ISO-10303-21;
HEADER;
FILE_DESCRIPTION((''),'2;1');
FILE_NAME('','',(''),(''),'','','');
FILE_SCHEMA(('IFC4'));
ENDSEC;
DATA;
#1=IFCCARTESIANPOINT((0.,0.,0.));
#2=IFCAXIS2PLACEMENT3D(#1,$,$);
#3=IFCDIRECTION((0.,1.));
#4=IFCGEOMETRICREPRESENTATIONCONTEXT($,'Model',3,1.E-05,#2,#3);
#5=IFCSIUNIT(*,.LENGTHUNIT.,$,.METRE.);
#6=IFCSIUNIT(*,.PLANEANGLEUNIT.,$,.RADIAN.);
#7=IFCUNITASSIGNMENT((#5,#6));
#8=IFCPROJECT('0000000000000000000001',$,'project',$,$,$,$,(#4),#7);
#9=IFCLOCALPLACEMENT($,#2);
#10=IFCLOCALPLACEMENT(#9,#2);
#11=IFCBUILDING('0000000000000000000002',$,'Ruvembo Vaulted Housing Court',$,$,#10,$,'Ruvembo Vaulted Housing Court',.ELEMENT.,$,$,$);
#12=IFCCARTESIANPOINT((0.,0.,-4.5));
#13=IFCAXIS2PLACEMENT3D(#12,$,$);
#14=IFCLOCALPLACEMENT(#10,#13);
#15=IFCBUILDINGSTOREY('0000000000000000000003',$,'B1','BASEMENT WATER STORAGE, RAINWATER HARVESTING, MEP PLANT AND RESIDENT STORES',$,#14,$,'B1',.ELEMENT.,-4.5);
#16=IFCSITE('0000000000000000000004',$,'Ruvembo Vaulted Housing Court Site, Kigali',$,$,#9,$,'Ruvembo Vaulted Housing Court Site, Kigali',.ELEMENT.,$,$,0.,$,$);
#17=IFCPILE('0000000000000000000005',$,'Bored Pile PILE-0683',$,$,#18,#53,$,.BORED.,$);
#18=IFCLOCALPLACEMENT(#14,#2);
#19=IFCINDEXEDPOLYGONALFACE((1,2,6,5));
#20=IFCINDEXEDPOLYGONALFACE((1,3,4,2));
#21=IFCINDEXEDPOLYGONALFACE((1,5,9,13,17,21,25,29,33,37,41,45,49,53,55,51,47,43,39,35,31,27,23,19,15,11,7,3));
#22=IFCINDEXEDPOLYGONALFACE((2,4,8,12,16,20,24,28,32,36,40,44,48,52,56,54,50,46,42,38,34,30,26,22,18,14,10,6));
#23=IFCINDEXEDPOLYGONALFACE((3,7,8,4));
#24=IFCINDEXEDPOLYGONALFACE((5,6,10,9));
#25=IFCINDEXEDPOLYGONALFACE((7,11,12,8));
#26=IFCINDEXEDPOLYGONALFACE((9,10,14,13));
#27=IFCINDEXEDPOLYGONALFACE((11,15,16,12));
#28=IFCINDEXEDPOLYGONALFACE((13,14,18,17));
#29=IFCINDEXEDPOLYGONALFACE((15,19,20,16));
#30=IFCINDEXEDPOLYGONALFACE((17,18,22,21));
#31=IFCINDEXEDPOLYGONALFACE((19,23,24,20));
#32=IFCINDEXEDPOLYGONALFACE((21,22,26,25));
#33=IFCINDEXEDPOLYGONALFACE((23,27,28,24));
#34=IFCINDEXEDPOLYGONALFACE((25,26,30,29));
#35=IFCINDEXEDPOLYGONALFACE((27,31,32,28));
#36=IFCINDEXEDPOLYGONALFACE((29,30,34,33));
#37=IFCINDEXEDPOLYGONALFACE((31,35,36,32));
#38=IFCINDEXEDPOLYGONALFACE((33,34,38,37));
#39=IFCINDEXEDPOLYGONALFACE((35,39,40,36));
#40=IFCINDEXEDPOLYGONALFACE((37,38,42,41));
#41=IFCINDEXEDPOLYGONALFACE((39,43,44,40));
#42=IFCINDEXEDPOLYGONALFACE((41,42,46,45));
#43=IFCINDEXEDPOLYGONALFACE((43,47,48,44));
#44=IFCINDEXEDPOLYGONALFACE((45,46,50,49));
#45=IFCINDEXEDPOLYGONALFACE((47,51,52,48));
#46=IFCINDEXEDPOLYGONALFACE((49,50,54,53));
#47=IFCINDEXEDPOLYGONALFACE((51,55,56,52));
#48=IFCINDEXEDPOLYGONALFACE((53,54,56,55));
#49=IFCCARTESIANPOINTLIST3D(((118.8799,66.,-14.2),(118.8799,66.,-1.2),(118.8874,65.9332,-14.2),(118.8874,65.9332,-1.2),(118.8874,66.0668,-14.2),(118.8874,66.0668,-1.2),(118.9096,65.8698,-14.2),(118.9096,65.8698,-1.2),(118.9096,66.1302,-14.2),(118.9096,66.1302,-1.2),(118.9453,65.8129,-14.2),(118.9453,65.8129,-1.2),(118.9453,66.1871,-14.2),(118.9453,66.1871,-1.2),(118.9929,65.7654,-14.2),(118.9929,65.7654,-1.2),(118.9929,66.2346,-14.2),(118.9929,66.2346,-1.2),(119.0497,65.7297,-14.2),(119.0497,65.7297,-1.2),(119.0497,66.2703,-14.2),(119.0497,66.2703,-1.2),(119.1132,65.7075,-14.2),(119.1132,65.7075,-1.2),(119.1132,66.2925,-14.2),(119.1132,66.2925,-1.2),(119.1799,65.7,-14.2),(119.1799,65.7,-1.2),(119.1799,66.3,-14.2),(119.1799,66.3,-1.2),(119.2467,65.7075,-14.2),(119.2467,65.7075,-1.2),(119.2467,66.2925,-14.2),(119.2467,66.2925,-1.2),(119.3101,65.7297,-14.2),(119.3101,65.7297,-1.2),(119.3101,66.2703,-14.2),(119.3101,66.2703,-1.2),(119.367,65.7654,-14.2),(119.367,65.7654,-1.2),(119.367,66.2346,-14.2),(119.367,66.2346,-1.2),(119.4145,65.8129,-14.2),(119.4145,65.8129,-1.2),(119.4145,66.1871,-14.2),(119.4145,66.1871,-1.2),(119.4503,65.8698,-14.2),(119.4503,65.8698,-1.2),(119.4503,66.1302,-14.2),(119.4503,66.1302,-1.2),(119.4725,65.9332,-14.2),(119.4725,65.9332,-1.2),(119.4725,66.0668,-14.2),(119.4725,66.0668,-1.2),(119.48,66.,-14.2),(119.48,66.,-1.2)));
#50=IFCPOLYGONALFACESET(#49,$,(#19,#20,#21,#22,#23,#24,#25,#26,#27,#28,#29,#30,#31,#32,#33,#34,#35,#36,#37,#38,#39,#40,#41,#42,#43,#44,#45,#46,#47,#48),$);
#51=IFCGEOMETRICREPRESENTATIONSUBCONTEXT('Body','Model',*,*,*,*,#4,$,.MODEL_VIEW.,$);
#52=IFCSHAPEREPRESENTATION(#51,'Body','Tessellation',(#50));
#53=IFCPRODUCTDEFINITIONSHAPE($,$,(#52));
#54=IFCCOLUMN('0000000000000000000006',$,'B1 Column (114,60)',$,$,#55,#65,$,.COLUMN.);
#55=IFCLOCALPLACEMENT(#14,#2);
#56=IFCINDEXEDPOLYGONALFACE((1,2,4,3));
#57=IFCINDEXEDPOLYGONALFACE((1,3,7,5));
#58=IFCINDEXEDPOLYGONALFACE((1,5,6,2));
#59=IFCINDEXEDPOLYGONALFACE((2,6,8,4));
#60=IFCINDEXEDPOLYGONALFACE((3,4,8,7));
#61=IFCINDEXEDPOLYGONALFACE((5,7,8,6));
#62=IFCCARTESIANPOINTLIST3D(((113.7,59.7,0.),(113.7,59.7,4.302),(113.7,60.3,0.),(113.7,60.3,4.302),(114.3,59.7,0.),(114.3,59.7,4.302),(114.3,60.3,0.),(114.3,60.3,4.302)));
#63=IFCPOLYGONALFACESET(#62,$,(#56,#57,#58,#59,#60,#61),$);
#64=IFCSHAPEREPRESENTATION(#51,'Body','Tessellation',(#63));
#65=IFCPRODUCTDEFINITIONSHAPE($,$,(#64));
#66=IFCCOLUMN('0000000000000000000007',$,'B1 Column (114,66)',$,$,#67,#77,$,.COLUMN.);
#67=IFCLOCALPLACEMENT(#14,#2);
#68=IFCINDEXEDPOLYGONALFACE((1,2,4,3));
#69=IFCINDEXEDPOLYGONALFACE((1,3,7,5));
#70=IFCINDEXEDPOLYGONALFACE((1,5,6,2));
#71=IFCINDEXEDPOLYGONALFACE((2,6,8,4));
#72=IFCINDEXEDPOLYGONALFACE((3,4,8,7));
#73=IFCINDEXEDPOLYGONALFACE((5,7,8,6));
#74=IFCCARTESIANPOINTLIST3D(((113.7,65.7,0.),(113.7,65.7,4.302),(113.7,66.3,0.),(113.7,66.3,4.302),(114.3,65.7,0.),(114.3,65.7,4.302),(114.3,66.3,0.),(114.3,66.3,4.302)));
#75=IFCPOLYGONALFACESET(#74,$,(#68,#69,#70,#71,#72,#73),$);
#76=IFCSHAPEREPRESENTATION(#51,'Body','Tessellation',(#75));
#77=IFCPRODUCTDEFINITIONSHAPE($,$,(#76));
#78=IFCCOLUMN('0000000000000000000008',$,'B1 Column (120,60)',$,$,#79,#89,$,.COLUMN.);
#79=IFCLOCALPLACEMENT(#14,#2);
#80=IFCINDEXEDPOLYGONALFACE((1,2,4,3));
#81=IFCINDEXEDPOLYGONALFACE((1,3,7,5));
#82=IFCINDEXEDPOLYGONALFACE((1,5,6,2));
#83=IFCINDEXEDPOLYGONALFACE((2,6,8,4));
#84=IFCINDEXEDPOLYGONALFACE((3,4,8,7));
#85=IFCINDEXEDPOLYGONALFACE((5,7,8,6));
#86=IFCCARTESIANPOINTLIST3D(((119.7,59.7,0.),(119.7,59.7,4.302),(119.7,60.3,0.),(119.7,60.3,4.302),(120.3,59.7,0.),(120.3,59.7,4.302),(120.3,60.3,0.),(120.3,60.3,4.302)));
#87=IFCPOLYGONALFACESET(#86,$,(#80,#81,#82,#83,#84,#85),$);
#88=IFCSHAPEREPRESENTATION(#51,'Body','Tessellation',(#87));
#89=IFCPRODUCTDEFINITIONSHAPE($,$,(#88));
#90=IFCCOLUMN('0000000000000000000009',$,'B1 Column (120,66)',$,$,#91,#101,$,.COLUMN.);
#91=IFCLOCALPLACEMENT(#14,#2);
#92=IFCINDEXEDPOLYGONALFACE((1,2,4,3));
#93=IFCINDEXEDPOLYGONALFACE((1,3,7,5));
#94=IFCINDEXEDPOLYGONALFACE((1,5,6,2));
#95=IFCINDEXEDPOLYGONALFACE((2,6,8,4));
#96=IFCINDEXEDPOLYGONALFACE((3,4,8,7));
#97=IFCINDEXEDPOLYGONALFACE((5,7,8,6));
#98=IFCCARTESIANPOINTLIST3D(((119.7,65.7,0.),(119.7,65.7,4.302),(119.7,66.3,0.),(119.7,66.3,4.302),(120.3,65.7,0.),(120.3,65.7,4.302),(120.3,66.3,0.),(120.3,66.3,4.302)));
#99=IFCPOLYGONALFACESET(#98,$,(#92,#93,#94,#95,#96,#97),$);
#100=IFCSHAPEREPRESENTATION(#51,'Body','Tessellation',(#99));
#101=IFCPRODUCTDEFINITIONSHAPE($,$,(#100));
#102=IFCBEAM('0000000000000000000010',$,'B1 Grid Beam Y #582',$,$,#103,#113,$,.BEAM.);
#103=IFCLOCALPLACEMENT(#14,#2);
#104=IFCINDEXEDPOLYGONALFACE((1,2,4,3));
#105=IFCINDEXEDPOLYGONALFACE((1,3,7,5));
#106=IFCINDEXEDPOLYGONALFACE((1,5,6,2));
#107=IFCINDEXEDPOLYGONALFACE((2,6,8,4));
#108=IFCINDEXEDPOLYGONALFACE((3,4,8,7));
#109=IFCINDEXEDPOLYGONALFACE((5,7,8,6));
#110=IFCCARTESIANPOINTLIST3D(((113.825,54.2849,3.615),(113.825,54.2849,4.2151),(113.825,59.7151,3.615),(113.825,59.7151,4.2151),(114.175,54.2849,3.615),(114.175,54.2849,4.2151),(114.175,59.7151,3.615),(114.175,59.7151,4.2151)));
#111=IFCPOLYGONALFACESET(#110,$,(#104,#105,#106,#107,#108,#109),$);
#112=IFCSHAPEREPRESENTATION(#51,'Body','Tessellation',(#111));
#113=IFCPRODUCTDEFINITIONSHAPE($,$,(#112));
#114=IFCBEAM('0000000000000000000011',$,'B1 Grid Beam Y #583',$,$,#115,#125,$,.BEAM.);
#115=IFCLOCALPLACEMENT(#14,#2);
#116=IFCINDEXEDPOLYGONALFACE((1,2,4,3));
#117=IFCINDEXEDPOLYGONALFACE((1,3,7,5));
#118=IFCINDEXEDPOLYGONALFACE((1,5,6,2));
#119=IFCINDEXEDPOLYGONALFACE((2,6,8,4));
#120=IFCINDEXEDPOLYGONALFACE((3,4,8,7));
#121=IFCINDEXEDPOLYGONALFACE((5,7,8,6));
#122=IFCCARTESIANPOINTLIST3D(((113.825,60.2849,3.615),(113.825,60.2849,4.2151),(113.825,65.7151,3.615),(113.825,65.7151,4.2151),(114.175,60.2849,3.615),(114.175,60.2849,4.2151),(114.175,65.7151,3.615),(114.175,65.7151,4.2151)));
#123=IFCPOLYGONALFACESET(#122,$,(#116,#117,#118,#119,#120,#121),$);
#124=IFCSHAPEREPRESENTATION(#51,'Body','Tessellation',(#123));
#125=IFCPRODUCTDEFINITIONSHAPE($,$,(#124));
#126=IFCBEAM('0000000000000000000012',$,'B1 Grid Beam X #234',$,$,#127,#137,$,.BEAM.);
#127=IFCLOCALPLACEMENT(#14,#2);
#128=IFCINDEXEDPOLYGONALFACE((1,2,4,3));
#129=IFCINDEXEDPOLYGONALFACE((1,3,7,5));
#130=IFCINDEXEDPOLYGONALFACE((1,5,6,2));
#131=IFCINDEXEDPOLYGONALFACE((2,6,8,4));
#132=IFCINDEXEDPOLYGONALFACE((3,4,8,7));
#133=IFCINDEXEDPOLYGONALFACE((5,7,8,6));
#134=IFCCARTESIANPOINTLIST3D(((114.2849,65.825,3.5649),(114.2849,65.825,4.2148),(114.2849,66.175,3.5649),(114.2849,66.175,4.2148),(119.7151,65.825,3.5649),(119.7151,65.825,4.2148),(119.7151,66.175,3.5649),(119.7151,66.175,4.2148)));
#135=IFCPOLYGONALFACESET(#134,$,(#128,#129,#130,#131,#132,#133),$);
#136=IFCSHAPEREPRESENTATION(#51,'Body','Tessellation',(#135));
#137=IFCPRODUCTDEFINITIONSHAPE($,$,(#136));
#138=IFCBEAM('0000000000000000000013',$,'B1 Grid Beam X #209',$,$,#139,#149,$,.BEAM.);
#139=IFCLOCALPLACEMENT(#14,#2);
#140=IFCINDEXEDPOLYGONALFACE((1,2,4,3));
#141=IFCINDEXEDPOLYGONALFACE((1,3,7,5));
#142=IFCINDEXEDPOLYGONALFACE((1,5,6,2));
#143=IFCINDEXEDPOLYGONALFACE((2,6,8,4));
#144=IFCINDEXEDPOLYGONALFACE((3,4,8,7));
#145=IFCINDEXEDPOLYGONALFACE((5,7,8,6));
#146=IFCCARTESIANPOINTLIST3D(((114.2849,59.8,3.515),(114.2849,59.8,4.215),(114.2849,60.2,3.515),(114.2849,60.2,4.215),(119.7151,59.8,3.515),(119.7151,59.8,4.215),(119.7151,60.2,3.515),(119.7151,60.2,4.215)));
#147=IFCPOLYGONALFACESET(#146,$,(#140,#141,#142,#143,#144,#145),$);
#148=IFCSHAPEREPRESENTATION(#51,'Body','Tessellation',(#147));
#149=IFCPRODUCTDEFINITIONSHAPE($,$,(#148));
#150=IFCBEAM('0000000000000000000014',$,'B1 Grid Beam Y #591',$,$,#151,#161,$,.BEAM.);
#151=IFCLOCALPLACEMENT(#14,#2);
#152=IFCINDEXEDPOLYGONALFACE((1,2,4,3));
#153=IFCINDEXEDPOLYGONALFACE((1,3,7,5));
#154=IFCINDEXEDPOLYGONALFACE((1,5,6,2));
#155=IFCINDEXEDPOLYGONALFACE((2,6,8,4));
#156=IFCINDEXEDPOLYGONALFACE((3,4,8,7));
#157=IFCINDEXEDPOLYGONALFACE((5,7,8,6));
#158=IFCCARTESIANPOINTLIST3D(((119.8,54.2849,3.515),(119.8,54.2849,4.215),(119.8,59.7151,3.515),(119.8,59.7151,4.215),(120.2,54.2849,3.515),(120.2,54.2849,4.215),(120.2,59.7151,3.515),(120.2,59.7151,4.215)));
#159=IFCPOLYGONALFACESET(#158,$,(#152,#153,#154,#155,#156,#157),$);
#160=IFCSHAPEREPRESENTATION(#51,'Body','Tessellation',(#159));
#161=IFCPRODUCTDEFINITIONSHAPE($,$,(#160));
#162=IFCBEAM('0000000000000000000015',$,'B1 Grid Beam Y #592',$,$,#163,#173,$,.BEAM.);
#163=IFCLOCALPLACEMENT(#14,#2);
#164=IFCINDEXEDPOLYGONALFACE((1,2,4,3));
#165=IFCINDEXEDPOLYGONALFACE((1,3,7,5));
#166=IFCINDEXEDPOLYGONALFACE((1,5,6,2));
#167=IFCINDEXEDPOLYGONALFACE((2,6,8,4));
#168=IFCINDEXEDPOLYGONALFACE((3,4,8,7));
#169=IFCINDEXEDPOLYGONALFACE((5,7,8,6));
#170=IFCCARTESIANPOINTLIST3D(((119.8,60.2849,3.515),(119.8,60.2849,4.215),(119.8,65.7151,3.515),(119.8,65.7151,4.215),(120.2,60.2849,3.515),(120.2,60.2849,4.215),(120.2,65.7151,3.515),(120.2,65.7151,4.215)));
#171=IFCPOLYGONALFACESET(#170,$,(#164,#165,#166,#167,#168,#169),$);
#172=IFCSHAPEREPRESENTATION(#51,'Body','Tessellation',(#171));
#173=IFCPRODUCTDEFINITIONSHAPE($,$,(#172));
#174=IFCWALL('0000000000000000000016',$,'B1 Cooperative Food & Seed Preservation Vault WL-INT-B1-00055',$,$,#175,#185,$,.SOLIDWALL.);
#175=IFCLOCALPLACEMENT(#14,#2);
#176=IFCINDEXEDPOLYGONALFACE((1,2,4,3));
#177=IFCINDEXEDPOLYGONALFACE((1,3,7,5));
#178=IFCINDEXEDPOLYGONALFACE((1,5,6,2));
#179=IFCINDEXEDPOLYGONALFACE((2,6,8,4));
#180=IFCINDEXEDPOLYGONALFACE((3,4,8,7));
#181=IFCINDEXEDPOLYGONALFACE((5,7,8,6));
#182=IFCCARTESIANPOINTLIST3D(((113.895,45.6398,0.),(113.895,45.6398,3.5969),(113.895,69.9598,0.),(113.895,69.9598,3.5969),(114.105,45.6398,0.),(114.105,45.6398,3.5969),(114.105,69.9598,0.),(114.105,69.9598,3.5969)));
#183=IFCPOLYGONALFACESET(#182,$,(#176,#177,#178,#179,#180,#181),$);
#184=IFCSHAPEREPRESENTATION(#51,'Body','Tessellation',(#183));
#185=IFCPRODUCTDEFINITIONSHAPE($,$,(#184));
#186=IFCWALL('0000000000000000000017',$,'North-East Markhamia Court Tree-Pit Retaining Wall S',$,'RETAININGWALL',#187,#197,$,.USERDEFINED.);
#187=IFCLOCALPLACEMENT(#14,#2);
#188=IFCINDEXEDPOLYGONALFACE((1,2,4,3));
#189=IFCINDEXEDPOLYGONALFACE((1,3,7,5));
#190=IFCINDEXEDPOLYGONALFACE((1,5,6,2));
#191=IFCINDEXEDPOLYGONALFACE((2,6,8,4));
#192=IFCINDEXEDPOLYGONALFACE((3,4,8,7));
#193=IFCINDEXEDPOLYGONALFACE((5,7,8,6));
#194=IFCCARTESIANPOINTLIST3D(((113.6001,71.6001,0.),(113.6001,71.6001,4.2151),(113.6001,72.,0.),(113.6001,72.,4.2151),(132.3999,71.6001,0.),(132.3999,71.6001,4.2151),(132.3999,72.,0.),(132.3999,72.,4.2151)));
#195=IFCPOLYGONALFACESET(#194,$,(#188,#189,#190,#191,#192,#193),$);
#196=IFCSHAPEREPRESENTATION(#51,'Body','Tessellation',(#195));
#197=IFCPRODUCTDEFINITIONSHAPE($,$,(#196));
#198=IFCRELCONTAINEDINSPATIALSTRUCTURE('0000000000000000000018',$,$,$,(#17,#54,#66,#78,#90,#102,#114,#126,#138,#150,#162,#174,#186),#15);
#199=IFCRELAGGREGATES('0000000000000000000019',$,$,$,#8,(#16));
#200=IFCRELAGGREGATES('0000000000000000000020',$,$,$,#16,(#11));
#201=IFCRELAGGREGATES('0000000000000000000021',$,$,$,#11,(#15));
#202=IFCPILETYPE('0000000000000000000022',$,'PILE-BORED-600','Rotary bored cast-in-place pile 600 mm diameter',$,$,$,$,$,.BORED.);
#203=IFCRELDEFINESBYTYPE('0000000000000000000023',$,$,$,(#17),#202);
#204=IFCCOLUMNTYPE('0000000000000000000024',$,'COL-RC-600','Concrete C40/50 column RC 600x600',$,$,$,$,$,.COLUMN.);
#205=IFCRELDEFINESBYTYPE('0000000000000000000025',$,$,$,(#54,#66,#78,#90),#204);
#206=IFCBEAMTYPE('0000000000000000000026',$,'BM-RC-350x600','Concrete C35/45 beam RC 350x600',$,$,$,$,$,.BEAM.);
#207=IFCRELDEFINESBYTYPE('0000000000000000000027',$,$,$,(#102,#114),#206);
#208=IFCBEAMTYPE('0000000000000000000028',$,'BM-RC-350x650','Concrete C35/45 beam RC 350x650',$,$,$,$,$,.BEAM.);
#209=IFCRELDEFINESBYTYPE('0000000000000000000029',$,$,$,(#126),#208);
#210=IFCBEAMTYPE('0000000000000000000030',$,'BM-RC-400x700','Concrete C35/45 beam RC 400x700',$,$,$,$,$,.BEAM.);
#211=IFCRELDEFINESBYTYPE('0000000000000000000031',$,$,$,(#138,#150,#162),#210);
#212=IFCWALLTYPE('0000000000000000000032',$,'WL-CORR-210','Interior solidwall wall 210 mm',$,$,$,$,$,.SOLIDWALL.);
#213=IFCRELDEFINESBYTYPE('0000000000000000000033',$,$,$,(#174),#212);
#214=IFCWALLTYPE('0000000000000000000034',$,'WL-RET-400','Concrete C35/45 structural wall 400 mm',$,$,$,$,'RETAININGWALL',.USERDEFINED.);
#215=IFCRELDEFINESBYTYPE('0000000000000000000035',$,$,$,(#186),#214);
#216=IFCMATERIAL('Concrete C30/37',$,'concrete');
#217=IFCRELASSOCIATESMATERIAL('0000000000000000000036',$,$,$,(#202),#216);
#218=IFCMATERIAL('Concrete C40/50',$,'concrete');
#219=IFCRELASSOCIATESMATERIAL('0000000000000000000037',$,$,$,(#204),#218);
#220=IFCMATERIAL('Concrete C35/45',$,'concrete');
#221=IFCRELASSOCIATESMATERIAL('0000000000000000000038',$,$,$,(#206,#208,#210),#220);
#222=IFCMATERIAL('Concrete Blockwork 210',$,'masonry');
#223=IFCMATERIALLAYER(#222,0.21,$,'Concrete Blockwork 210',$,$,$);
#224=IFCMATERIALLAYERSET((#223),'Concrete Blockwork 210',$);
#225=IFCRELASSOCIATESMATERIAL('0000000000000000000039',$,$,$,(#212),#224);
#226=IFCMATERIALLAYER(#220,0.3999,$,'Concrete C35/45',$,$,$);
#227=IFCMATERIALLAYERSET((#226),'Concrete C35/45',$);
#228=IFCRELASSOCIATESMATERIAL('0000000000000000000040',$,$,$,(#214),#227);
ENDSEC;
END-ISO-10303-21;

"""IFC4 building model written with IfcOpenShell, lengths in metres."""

from ifc_helpers import new_model, si_unit, direction, frame, frame_2d, origin, origin_2d, place, context, subcontext, project, spatial, rectangle, circle, extrude, material, layer, layer_set, material_profile, profile_set, type_object, element, save


model = new_model("IFC4")

# Units and contexts
model_context = context("Model", 3, precision=1e-05, world=origin(), true_north=direction((0.0, 1.0)))
body_context = subcontext(model_context, "Body", "Model", "MODEL_VIEW")
ifc_project = project(units=[si_unit("LENGTHUNIT", "METRE"), si_unit("PLANEANGLEUNIT", "RADIAN")], contexts=[model_context])

# Site, building, storey
site_placement = place(None, origin())
site = spatial("IfcSite", under=ifc_project, at=site_placement, Name="Ruvembo Vaulted Housing Court Site, Kigali", LongName="Ruvembo Vaulted Housing Court Site, Kigali", CompositionType="ELEMENT", RefElevation=0.0)
building_placement = place(site_placement, origin())
building = spatial("IfcBuilding", under=site, at=building_placement, Name="Ruvembo Vaulted Housing Court", LongName="Ruvembo Vaulted Housing Court", CompositionType="ELEMENT")
storey_placement = place(building_placement, frame((0.0, 0.0, -4.5)))
storey = spatial("IfcBuildingStorey", under=building, at=storey_placement, Name="B1", Description="BASEMENT WATER STORAGE, RAINWATER HARVESTING, MEP PLANT AND RESIDENT STORES", LongName="B1", CompositionType="ELEMENT", Elevation=-4.5)

# Shared definitions
ifc_material_1 = material(Name="Concrete C35/45", Category="concrete")

# Pile
ifc_material_2 = material(Name="Concrete C30/37", Category="concrete")
ifc_material_profile_1 = material_profile(ifc_material_2, circle(Radius=0.3, at=origin_2d()), Name="PILE D600")
ifc_profile_set_1 = profile_set([ifc_material_profile_1], Name="Concrete C30/37")
pile_type = type_object("IfcPileType", Name="PILE-BORED-600", Description="Rotary bored cast-in-place pile 600 mm diameter", PredefinedType="BORED", material=ifc_profile_set_1)
for number, where, z_axis, x_axis, name in (
    (1, (119.1799, 66.0, -1.2), (0.0, 0.0, -1.0), (1.0, 0.0, 0.0), "Bored Pile PILE-0683"),
):
    element("IfcPile", number, at=place(storey_placement, frame(where, z_axis=z_axis, x_axis=x_axis)), inside=storey, type_object=pile_type, Name=name, PredefinedType="BORED", context=body_context, shape_type="SweptSolid", body=[
        extrude(circle(Radius=0.3, at=origin_2d()), origin(), (0.0, 0.0, 1.0), 13.0),
    ])

# Columns
ifc_material_3 = material(Name="Concrete C40/50", Category="concrete")
ifc_material_profile_2 = material_profile(ifc_material_3, rectangle(XDim=0.6001, YDim=0.6001, at=origin_2d()), Name="RC 600x600")
ifc_profile_set_2 = profile_set([ifc_material_profile_2], Name="Concrete C40/50")
column_type = type_object("IfcColumnType", Name="COL-RC-600", Description="Concrete C40/50 column RC 600x600", PredefinedType="COLUMN", material=ifc_profile_set_2)
for number, where, z_axis, x_axis, name in (
    (2, (114.0, 60.0, 0.0), (0.0, 0.0, 1.0), (1.0, 0.0, 0.0), "B1 Column (114,60)"),
    (3, (114.0, 66.0, 0.0), (0.0, 0.0, 1.0), (1.0, 0.0, 0.0), "B1 Column (114,66)"),
    (4, (120.0, 60.0, 0.0), (0.0, 0.0, 1.0), (1.0, 0.0, 0.0), "B1 Column (120,60)"),
    (5, (120.0, 66.0, 0.0), (0.0, 0.0, 1.0), (1.0, 0.0, 0.0), "B1 Column (120,66)"),
):
    element("IfcColumn", number, at=place(storey_placement, frame(where, z_axis=z_axis, x_axis=x_axis)), inside=storey, type_object=column_type, Name=name, PredefinedType="COLUMN", context=body_context, shape_type="SweptSolid", body=[
        extrude(rectangle(XDim=0.6001, YDim=0.6001, at=origin_2d()), origin(), (0.0, 0.0, 1.0), 4.302),
    ])

# Beams
ifc_material_profile_3 = material_profile(ifc_material_1, rectangle(XDim=0.3501, YDim=0.6001, at=origin_2d()), Name="RC 350x600")
ifc_profile_set_3 = profile_set([ifc_material_profile_3], Name="Concrete C35/45")
beam_type_1 = type_object("IfcBeamType", Name="BM-RC-350x600", Description="Concrete C35/45 beam RC 350x600", PredefinedType="BEAM", material=ifc_profile_set_3)
for number, where, z_axis, x_axis, name in (
    (6, (114.0, 54.2849, 3.915), (0.0, 1.0, 0.0), (-1.0, 0.0, 0.0), "B1 Grid Beam Y #582"),
    (7, (114.0, 60.2849, 3.915), (0.0, 1.0, 0.0), (-1.0, 0.0, 0.0), "B1 Grid Beam Y #583"),
):
    element("IfcBeam", number, at=place(storey_placement, frame(where, z_axis=z_axis, x_axis=x_axis)), inside=storey, type_object=beam_type_1, Name=name, PredefinedType="BEAM", context=body_context, shape_type="SweptSolid", body=[
        extrude(rectangle(XDim=0.3501, YDim=0.6001, at=origin_2d()), origin(), (0.0, 0.0, 1.0), 5.4302),
    ])
ifc_material_profile_4 = material_profile(ifc_material_1, rectangle(XDim=0.3501, YDim=0.6499, at=origin_2d()), Name="RC 350x650")
ifc_profile_set_4 = profile_set([ifc_material_profile_4], Name="Concrete C35/45")
beam_type_2 = type_object("IfcBeamType", Name="BM-RC-350x650", Description="Concrete C35/45 beam RC 350x650", PredefinedType="BEAM", material=ifc_profile_set_4)
beam_placement = place(storey_placement, frame((114.2849, 66.0, 3.8899), z_axis=(1.0, 0.0, 0.0), x_axis=(0.0, 1.0, 0.0)))
element("IfcBeam", 8, at=beam_placement, inside=storey, type_object=beam_type_2, Name="B1 Grid Beam X #234", PredefinedType="BEAM", context=body_context, shape_type="SweptSolid", body=[
    extrude(rectangle(XDim=0.3501, YDim=0.6499, at=origin_2d()), origin(), (0.0, 0.0, 1.0), 5.4302),
])
ifc_material_profile_5 = material_profile(ifc_material_1, rectangle(XDim=0.3999, YDim=0.7, at=origin_2d()), Name="RC 400x700")
ifc_profile_set_5 = profile_set([ifc_material_profile_5], Name="Concrete C35/45")
beam_type_3 = type_object("IfcBeamType", Name="BM-RC-400x700", Description="Concrete C35/45 beam RC 400x700", PredefinedType="BEAM", material=ifc_profile_set_5)
for number, where, z_axis, x_axis, name in (
    (9, (114.2849, 60.0, 3.865), (1.0, 0.0, 0.0), (0.0, 1.0, 0.0), "B1 Grid Beam X #209"),
    (10, (120.0, 54.2849, 3.865), (0.0, 1.0, 0.0), (-1.0, 0.0, 0.0), "B1 Grid Beam Y #591"),
    (11, (120.0, 60.2849, 3.865), (0.0, 1.0, 0.0), (-1.0, 0.0, 0.0), "B1 Grid Beam Y #592"),
):
    element("IfcBeam", number, at=place(storey_placement, frame(where, z_axis=z_axis, x_axis=x_axis)), inside=storey, type_object=beam_type_3, Name=name, PredefinedType="BEAM", context=body_context, shape_type="SweptSolid", body=[
        extrude(rectangle(XDim=0.3999, YDim=0.7, at=origin_2d()), origin(), (0.0, 0.0, 1.0), 5.4302),
    ])

# Walls
ifc_material_4 = material(Name="Concrete Blockwork 210", Category="masonry")
ifc_layer_1 = layer(ifc_material_4, 0.21, Name="Concrete Blockwork 210")
ifc_layer_set_1 = layer_set([ifc_layer_1], Name="Concrete Blockwork 210")
wall_type_1 = type_object("IfcWallType", Name="WL-CORR-210", Description="Interior solidwall wall 210 mm", PredefinedType="SOLIDWALL", material=ifc_layer_set_1)
wall_1_placement = place(storey_placement, frame((114.0, 69.96, 0.0), z_axis=(0.0, 0.0, 1.0), x_axis=(0.0, -1.0, 0.0)))
element("IfcWall", 12, at=wall_1_placement, inside=storey, type_object=wall_type_1, Name="B1 Cooperative Food & Seed Preservation Vault WL-INT-B1-00055", PredefinedType="SOLIDWALL", context=body_context, shape_type="SweptSolid", body=[
    extrude(rectangle(XDim=24.3201, YDim=0.21, at=frame_2d((12.1602, 0.0))), origin(), (0.0, 0.0, 1.0), 3.5969),
])
ifc_layer_2 = layer(ifc_material_1, 0.3999, Name="Concrete C35/45")
ifc_layer_set_2 = layer_set([ifc_layer_2], Name="Concrete C35/45")
wall_type_2 = type_object("IfcWallType", Name="WL-RET-400", Description="Concrete C35/45 structural wall 400 mm", ElementType="RETAININGWALL", PredefinedType="USERDEFINED", material=ifc_layer_set_2)
wall_2_placement = place(storey_placement, frame((113.6001, 71.8, 0.0), z_axis=(0.0, 0.0, 1.0), x_axis=(1.0, 0.0, 0.0)))
element("IfcWall", 13, at=wall_2_placement, inside=storey, type_object=wall_type_2, Name="North-East Markhamia Court Tree-Pit Retaining Wall S", ObjectType="RETAININGWALL", PredefinedType="USERDEFINED", context=body_context, shape_type="SweptSolid", body=[
    extrude(rectangle(XDim=18.7998, YDim=0.3999, at=frame_2d((9.3999, 0.0))), origin(), (0.0, 0.0, 1.0), 4.2151),
])

save(model, "model.ifc")
